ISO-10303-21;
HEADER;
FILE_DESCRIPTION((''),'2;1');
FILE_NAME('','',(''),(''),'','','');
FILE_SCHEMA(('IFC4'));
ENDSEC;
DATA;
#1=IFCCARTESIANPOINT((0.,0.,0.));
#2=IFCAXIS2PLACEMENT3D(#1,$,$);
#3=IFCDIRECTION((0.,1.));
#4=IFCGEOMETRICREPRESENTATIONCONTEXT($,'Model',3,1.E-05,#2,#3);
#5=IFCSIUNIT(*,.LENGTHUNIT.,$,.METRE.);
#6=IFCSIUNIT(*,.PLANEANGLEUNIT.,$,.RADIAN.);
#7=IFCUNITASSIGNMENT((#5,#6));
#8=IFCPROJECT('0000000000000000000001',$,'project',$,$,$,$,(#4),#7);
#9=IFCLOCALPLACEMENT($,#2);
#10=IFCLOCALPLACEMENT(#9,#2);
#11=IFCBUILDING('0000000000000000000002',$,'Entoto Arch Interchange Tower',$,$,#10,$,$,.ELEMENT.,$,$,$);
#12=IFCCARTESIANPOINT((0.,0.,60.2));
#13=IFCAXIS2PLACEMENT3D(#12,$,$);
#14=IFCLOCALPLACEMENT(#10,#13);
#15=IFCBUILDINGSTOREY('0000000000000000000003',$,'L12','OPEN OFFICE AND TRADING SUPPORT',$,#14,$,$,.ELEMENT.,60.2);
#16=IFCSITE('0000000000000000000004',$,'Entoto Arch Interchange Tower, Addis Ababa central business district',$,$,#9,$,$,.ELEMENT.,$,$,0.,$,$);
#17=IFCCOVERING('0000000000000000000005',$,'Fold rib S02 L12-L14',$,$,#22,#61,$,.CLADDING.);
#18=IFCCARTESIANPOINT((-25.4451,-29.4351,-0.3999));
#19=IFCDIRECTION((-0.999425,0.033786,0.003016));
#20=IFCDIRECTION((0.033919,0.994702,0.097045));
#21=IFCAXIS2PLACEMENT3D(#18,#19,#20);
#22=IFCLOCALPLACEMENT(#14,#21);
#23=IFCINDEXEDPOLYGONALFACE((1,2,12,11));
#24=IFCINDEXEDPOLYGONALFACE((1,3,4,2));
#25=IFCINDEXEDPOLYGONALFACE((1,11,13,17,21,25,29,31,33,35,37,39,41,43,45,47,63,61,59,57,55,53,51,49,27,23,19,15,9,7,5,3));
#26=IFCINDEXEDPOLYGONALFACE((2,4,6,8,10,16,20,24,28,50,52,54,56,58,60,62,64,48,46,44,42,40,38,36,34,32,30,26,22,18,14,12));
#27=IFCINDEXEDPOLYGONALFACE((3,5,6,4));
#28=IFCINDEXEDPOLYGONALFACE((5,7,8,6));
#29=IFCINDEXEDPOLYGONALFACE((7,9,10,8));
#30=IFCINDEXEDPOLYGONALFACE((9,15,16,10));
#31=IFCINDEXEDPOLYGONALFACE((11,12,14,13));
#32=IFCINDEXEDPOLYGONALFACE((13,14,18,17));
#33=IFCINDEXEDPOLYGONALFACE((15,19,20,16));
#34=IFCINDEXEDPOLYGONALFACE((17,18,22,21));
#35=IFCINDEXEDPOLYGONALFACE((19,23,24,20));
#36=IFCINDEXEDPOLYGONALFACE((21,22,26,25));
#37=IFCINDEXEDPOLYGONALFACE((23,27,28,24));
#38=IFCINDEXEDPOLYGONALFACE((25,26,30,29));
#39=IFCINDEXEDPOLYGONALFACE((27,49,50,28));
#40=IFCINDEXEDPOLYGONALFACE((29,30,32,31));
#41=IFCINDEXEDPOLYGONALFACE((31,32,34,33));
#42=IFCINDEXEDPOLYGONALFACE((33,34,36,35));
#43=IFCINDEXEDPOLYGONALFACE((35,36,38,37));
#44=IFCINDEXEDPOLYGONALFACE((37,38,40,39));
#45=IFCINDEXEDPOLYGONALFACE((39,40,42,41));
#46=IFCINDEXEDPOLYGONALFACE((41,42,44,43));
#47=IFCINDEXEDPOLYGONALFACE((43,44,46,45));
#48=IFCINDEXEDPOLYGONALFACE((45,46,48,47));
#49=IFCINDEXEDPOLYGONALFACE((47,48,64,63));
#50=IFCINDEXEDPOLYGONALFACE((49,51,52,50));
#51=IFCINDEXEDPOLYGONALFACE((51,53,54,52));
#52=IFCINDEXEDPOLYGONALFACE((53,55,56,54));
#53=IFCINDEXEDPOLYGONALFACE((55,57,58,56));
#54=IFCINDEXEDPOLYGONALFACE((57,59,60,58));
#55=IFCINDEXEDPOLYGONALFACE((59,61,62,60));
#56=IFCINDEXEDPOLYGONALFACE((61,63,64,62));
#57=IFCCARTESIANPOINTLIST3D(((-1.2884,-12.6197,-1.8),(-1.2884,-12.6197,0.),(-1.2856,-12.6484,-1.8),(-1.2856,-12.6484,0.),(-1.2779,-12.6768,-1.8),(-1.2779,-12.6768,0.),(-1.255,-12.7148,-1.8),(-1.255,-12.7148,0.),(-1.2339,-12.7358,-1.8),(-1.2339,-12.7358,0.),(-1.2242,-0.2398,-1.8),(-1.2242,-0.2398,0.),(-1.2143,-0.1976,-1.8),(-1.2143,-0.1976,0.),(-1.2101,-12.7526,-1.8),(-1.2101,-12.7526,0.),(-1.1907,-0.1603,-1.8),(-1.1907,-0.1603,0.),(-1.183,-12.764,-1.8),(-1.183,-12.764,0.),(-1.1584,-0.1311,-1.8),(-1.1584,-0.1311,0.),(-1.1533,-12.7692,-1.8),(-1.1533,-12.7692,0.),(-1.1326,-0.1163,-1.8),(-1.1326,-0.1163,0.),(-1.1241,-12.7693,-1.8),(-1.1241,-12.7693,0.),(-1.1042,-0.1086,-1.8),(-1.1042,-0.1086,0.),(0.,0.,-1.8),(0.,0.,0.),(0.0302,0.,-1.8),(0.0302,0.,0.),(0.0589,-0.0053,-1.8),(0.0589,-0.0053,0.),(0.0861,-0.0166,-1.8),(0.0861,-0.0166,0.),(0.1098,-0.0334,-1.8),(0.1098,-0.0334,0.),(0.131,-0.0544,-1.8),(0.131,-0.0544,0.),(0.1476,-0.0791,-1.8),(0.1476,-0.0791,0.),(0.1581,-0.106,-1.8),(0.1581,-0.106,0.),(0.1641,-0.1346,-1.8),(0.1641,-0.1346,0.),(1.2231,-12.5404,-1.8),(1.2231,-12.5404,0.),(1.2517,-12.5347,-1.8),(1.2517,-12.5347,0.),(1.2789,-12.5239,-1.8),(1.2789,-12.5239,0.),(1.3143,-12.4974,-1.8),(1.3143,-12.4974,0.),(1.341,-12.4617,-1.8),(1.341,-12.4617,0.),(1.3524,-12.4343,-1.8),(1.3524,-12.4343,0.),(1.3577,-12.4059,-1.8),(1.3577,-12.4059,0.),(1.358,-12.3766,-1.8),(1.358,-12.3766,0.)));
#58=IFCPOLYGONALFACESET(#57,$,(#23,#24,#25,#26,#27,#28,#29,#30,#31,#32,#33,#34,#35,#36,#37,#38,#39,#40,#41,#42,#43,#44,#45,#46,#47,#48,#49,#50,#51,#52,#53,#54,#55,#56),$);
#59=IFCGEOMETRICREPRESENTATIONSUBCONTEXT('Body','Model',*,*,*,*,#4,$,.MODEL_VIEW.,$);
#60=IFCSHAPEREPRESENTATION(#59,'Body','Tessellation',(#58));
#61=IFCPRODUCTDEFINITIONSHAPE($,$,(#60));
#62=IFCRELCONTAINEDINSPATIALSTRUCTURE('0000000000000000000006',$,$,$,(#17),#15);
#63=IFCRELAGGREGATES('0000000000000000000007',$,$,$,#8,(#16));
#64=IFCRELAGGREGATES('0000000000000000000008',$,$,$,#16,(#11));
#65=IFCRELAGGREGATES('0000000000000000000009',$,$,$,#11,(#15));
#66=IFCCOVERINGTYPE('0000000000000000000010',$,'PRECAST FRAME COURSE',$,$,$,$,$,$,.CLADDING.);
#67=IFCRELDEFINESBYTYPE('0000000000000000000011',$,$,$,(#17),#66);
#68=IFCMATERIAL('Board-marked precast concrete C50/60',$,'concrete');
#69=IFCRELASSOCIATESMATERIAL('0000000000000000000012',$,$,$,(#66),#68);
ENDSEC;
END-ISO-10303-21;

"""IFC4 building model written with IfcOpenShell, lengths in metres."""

from ifc_helpers import new_model, si_unit, direction, frame, origin, place, context, subcontext, project, spatial, polyline, outline, extrude, material, type_object, element, save


model = new_model("IFC4")

# Units and contexts
model_context = context("Model", 3, precision=1e-05, world=origin(), true_north=direction((0.0, 1.0)))
body_context = subcontext(model_context, "Body", "Model", "MODEL_VIEW")
ifc_project = project(units=[si_unit("LENGTHUNIT", "METRE"), si_unit("PLANEANGLEUNIT", "RADIAN")], contexts=[model_context])

# Site, building, storey
site_placement = place(None, origin())
site = spatial("IfcSite", under=ifc_project, at=site_placement, Name="Entoto Arch Interchange Tower, Addis Ababa central business district", CompositionType="ELEMENT", RefElevation=0.0)
building_placement = place(site_placement, origin())
building = spatial("IfcBuilding", under=site, at=building_placement, Name="Entoto Arch Interchange Tower", CompositionType="ELEMENT")
storey_placement = place(building_placement, frame((0.0, 0.0, 60.2)))
storey = spatial("IfcBuildingStorey", under=building, at=storey_placement, Name="L12", Description="OPEN OFFICE AND TRADING SUPPORT", CompositionType="ELEMENT", Elevation=60.2)

# Covering
ifc_material_1 = material(Name="Board-marked precast concrete C50/60", Category="concrete")
covering_type = type_object("IfcCoveringType", Name="PRECAST FRAME COURSE", PredefinedType="CLADDING", material=ifc_material_1)
covering_placement = place(storey_placement, frame((-25.4451, -29.4351, -0.3999), z_axis=(-0.999425, 0.033786, 0.003016), x_axis=(0.033919, 0.994702, 0.097045)))
element("IfcCovering", 1, at=covering_placement, inside=storey, type_object=covering_type, Name="Fold rib S02 L12-L14", PredefinedType="CLADDING", context=body_context, shape_type="SweptSolid", body=[
    extrude(outline(polyline([(0.0, 0.0), (0.0302, 0.0), (0.0589, -0.0053), (0.0861, -0.0166), (0.1098, -0.0334), (0.131, -0.0544), (0.1476, -0.0791), (0.1581, -0.106), (0.1641, -0.1346), (1.358, -12.3766), (1.3577, -12.4059), (1.3524, -12.4343), (1.341, -12.4617), (1.3143, -12.4974), (1.2789, -12.5239), (1.2517, -12.5347), (1.2231, -12.5404), (-1.1241, -12.7693), (-1.1533, -12.7692), (-1.183, -12.764), (-1.2101, -12.7526), (-1.2339, -12.7358), (-1.255, -12.7148), (-1.2779, -12.6768), (-1.2856, -12.6484), (-1.2884, -12.6197), (-1.2242, -0.2398), (-1.2143, -0.1976), (-1.1907, -0.1603), (-1.1584, -0.1311), (-1.1326, -0.1163), (-1.1042, -0.1086), (0.0, 0.0)])), origin(), (0.0, 0.0, -1.0), 1.8),
])

save(model, "model.ifc")
